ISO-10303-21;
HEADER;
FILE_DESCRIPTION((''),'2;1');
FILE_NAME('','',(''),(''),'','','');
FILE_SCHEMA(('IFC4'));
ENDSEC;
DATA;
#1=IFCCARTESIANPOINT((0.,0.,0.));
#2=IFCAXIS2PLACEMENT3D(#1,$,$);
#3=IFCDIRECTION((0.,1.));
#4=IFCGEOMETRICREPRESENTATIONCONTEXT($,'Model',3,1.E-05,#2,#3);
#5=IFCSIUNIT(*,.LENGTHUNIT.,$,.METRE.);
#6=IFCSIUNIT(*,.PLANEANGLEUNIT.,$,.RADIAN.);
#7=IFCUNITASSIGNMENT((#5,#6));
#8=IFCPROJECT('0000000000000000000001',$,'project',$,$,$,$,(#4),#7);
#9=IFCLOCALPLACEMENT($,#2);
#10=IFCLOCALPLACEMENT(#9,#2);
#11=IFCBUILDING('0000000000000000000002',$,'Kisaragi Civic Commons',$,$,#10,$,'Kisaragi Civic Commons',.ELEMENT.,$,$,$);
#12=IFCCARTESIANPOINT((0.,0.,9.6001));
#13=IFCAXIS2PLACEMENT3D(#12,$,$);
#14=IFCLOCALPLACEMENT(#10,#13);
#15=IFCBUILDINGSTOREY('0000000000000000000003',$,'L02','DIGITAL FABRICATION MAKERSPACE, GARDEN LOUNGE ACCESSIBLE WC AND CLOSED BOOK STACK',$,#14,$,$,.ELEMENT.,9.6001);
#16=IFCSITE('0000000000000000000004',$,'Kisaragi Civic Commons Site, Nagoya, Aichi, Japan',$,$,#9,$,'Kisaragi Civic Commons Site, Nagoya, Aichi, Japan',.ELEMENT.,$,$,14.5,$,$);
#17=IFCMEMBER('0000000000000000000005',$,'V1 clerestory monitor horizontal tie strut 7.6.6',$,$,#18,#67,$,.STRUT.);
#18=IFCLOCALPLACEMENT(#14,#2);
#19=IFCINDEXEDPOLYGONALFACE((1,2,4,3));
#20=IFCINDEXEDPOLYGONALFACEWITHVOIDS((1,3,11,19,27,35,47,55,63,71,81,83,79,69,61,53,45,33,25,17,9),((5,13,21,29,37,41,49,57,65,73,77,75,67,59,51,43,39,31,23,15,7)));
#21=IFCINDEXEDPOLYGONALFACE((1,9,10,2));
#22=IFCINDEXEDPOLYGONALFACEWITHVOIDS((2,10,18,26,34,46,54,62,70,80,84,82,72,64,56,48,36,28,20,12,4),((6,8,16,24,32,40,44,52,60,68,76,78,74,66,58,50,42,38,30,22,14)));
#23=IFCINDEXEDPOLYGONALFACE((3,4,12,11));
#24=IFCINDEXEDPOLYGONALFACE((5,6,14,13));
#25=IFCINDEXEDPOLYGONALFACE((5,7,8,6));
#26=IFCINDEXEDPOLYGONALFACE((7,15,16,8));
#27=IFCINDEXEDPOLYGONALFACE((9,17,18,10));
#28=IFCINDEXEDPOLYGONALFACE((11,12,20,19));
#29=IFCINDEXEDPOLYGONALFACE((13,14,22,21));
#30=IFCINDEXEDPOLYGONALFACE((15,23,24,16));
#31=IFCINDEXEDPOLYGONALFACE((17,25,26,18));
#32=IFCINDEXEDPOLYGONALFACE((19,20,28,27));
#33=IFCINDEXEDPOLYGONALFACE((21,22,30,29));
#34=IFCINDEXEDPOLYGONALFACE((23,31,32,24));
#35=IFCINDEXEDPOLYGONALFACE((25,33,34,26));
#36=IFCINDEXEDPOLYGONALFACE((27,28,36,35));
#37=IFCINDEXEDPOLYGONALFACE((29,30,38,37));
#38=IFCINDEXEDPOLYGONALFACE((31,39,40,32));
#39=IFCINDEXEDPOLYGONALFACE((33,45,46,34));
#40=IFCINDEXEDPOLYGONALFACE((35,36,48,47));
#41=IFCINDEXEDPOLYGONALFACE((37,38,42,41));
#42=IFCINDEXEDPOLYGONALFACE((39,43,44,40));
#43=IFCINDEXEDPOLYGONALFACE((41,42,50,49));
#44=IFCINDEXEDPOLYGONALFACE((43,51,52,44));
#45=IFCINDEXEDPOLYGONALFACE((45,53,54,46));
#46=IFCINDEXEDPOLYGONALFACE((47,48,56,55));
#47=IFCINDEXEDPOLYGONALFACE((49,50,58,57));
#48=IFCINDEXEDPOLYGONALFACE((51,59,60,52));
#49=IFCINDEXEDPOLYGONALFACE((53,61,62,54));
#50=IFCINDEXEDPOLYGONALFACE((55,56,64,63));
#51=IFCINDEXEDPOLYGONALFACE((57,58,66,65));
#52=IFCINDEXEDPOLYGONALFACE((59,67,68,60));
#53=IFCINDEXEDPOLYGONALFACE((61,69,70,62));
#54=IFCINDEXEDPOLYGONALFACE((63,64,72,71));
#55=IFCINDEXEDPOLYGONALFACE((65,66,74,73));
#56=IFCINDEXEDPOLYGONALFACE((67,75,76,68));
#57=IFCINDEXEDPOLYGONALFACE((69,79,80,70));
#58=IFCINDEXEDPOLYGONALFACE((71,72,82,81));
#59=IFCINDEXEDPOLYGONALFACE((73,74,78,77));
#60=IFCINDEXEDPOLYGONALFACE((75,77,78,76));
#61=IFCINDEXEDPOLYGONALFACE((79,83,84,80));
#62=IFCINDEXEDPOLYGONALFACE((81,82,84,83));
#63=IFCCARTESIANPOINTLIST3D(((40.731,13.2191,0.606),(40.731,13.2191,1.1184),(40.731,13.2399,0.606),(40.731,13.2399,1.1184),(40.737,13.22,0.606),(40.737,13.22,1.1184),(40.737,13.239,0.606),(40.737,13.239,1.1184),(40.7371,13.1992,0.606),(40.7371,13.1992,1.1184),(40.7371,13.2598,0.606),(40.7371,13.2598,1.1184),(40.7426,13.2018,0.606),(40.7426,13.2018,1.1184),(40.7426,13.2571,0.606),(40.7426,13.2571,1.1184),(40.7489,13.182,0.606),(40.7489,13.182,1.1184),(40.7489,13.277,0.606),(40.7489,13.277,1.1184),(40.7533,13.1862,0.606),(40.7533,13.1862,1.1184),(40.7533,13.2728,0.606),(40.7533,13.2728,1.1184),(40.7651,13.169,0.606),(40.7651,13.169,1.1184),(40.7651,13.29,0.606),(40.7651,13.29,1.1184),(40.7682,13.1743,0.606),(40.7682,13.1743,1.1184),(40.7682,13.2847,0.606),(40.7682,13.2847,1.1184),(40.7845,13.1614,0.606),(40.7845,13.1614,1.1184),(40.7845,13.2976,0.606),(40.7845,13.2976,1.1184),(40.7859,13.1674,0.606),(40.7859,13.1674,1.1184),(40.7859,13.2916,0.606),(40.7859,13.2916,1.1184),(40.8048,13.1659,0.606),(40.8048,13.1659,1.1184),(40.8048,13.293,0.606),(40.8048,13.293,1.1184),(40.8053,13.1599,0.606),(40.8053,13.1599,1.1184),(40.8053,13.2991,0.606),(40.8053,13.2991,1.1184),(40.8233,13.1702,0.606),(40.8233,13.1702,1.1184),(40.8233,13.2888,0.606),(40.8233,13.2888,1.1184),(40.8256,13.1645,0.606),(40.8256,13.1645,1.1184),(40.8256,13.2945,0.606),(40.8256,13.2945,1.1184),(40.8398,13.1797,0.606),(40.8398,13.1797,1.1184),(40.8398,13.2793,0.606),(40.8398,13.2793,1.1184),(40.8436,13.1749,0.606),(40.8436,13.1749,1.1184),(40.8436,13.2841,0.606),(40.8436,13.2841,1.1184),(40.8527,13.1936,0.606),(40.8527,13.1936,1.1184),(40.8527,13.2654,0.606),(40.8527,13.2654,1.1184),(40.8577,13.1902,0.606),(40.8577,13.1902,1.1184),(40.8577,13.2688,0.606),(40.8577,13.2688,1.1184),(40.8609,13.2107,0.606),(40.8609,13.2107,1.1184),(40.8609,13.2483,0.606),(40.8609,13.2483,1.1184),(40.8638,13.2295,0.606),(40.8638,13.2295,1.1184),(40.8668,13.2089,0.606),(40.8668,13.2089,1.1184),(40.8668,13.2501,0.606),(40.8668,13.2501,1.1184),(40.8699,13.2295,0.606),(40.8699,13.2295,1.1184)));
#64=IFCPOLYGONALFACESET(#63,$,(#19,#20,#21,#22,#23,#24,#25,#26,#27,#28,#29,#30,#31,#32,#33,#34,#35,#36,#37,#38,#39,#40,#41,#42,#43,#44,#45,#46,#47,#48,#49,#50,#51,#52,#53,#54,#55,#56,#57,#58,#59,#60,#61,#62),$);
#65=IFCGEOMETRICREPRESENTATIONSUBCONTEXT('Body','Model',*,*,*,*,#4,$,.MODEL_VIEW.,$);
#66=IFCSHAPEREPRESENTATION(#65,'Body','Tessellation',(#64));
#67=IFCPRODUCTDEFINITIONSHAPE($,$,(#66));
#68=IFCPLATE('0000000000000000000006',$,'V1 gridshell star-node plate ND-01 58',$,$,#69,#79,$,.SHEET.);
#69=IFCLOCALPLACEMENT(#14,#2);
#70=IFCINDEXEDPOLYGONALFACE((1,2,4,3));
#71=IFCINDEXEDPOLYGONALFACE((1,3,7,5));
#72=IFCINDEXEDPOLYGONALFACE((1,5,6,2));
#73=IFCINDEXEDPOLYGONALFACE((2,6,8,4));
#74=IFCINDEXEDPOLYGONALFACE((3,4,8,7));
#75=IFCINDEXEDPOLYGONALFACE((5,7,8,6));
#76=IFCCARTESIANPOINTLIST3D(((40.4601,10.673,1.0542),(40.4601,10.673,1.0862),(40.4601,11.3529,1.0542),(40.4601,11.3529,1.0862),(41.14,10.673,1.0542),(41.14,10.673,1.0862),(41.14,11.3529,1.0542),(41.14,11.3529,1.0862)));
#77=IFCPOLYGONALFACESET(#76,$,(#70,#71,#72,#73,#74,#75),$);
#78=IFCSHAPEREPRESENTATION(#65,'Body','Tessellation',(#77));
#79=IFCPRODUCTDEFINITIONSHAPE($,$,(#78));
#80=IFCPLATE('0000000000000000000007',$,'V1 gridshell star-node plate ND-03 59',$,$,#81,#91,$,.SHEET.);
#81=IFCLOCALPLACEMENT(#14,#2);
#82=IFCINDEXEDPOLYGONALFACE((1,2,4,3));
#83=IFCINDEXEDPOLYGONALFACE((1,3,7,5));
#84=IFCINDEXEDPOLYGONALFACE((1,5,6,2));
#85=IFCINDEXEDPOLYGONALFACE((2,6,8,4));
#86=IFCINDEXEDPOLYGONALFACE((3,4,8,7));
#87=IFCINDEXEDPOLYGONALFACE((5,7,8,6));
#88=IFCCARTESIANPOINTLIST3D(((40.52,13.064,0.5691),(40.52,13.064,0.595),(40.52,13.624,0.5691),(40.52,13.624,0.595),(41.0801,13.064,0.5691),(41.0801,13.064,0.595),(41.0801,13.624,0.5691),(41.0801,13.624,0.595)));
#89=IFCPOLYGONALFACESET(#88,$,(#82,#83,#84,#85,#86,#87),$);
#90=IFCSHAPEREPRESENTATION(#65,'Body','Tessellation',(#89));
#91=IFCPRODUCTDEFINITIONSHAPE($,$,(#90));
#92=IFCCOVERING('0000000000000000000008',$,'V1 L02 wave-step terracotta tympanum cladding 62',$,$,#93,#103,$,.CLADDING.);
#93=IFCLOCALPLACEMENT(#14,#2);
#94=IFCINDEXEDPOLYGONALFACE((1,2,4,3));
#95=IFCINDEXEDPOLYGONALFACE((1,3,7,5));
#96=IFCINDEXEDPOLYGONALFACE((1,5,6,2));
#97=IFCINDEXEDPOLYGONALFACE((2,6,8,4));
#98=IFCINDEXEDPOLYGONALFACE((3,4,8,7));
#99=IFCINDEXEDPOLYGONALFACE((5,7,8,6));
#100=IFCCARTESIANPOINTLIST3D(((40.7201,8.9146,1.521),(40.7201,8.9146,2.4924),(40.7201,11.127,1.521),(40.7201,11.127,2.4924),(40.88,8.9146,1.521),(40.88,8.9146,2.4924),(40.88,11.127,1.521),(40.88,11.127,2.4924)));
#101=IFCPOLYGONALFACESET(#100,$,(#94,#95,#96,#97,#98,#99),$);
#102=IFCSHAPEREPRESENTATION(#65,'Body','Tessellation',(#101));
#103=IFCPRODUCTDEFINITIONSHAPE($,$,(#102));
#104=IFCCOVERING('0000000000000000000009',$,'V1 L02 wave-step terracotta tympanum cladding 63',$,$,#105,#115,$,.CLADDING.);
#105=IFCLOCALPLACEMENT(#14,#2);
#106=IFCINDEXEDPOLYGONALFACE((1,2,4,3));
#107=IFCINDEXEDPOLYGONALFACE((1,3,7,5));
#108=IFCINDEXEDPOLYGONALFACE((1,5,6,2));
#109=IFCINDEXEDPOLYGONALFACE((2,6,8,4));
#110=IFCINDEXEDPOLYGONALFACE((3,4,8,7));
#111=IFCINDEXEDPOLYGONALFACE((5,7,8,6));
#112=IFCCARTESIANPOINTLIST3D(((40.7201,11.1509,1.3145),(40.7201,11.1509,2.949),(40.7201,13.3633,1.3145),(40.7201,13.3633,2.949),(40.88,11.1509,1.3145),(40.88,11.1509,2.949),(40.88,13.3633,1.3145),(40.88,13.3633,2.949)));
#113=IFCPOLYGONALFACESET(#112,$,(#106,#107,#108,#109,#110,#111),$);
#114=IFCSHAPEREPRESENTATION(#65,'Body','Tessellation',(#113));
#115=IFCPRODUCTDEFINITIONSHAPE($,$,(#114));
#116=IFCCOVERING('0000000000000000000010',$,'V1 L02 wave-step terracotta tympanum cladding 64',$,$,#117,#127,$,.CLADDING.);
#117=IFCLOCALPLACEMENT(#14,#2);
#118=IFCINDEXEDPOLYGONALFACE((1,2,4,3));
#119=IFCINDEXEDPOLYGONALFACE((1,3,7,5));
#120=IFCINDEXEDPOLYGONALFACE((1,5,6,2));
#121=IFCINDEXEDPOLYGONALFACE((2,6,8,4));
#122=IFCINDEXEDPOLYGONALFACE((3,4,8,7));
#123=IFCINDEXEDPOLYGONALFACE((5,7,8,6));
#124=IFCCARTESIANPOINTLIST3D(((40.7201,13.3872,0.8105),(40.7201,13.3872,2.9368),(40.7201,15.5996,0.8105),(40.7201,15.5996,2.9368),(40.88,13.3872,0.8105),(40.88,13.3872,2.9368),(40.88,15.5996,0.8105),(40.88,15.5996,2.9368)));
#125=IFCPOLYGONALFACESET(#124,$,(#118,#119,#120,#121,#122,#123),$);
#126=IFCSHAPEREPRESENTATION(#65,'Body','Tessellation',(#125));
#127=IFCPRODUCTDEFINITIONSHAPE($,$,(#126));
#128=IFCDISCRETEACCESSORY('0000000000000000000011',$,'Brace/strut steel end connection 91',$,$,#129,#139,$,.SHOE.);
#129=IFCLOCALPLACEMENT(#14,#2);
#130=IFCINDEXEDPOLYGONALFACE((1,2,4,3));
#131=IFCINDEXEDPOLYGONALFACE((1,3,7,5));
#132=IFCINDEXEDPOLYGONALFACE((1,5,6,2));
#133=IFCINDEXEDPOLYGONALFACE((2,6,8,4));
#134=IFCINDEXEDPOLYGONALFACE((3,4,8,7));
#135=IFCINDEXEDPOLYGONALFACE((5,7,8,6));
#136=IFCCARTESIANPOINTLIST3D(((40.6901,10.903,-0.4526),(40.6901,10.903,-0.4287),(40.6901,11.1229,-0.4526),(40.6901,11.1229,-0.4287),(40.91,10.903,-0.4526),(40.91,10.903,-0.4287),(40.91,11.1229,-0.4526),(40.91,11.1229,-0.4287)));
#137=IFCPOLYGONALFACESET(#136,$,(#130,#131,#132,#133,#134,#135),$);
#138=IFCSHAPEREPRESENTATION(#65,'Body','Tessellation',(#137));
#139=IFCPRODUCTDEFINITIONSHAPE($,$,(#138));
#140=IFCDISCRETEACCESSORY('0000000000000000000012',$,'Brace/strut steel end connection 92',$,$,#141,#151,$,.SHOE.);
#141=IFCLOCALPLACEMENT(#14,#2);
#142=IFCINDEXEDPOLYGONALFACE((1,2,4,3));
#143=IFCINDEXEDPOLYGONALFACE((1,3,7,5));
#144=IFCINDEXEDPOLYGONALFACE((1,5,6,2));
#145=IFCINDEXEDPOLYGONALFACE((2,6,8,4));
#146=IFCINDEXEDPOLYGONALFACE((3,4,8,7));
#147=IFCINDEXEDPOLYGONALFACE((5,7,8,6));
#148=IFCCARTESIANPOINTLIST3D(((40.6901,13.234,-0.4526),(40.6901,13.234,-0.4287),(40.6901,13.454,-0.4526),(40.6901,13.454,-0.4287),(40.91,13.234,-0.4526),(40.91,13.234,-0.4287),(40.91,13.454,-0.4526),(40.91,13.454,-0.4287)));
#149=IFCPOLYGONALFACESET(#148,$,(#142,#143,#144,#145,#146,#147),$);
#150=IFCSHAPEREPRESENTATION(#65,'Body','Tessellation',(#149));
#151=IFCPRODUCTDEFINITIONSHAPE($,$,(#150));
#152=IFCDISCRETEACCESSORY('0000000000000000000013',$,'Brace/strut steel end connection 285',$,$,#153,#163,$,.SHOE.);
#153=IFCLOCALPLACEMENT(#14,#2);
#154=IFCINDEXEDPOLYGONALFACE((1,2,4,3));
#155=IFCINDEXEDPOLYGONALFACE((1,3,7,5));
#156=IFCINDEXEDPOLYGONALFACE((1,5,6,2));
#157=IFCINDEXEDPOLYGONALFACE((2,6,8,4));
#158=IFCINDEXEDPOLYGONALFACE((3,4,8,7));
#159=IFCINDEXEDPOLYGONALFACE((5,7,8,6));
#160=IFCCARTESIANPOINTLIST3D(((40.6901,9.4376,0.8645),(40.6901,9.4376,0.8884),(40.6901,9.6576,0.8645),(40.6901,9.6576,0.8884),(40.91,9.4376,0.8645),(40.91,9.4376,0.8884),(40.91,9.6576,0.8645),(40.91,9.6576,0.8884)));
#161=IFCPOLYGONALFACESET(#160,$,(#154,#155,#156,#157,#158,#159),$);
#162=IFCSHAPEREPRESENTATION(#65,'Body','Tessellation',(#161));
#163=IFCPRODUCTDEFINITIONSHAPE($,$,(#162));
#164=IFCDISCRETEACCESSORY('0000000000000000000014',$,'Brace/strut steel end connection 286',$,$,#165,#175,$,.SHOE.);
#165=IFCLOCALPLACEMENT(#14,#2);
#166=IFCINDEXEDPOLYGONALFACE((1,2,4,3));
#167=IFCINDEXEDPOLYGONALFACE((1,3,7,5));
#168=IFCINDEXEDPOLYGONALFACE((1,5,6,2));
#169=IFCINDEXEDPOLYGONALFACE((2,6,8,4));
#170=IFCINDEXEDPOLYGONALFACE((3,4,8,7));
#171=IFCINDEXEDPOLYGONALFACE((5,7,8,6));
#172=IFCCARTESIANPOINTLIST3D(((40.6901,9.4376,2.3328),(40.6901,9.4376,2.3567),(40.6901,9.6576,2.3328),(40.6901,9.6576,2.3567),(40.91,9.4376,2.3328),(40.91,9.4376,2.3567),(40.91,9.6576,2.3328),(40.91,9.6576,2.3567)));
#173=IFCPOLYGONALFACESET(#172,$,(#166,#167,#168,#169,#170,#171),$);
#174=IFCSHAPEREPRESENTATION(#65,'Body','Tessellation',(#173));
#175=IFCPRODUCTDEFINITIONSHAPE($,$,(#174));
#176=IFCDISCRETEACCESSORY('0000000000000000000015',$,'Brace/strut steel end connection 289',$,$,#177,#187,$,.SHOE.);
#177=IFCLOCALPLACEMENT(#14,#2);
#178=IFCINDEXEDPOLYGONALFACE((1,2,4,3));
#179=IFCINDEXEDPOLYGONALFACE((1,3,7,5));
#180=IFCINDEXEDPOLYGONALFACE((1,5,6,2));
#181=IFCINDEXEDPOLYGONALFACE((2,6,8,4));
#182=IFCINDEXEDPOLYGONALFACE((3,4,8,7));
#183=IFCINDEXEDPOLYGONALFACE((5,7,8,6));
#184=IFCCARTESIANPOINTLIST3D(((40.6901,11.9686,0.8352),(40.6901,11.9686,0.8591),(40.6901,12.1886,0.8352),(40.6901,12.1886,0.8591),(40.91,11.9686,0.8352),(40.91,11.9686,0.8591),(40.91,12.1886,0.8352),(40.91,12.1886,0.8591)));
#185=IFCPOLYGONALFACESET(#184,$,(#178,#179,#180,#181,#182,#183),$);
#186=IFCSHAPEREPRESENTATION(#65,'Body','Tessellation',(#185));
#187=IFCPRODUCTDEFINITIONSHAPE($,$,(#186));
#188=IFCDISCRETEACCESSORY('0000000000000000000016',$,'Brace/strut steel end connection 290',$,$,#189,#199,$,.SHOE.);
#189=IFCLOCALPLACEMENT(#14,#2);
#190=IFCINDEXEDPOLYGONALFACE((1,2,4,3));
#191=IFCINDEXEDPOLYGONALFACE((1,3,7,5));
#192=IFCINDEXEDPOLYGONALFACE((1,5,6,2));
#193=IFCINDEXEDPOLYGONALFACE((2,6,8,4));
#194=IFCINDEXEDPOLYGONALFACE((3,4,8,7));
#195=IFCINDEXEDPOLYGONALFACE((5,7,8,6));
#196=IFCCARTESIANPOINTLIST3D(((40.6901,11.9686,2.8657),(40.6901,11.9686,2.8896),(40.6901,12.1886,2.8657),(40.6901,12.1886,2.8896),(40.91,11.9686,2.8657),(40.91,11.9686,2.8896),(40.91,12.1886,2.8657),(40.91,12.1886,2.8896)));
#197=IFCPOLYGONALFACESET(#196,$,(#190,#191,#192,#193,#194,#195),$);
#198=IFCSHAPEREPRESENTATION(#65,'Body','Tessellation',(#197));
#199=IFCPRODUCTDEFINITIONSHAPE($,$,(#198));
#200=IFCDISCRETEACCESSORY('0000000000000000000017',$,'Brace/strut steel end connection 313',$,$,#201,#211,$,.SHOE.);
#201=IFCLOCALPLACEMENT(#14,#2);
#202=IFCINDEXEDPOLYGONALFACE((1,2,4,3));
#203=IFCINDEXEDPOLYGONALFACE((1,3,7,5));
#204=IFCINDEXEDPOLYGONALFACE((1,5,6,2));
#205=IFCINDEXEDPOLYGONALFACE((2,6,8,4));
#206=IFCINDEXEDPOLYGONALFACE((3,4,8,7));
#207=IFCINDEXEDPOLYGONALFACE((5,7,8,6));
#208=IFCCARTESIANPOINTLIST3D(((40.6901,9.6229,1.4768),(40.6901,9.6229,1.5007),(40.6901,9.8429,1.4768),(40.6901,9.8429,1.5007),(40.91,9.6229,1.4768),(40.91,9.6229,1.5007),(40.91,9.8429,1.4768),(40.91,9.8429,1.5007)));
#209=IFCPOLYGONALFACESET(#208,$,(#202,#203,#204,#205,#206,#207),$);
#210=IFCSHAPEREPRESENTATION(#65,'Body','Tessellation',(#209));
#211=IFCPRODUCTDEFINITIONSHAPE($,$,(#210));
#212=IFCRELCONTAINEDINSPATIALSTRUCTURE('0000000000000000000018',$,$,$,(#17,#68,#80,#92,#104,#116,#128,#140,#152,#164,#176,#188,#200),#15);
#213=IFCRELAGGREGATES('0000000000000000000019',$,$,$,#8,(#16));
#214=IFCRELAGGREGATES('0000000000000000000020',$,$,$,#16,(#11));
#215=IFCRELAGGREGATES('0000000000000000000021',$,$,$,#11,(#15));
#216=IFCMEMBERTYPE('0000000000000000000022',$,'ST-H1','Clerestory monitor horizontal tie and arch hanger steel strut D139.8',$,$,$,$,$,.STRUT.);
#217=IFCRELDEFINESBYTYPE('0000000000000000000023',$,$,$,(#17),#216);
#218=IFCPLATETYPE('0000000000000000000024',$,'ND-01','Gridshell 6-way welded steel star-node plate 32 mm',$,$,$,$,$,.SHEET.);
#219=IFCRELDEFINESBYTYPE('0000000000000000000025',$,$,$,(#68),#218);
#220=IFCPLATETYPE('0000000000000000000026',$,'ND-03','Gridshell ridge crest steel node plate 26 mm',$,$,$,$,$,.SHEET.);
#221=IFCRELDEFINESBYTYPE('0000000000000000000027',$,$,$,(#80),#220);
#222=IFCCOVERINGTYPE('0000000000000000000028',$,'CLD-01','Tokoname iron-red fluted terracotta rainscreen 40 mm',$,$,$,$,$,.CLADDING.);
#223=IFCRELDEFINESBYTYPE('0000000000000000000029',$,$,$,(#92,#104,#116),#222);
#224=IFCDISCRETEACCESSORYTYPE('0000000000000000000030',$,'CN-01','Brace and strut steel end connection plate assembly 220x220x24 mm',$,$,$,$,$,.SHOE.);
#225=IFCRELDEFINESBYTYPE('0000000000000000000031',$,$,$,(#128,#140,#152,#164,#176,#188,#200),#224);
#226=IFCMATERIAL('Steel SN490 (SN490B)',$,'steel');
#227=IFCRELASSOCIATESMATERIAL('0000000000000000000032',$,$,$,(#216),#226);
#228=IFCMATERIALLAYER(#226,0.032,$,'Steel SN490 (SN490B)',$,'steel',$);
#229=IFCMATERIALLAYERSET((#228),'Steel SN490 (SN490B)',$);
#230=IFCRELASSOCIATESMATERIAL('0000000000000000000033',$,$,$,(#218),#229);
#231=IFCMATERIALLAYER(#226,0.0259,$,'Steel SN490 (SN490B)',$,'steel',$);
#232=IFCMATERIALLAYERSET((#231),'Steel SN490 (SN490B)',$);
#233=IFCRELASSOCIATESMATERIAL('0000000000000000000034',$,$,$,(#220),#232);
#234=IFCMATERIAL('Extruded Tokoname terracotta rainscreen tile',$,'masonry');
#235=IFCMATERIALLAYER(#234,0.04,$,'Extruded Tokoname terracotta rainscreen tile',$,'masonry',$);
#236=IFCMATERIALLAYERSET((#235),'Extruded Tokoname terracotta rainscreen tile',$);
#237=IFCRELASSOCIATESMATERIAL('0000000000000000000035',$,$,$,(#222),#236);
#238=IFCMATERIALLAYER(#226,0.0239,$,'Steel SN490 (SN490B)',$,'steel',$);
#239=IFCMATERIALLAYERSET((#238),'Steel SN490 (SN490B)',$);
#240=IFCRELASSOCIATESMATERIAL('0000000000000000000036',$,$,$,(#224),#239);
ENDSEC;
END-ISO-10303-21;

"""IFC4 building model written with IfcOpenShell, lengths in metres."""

from ifc_helpers import new_model, si_unit, direction, frame, origin, origin_2d, place, context, subcontext, project, spatial, rectangle, hollow_circle, extrude, material, layer, layer_set, material_profile, profile_set, type_object, element, save


model = new_model("IFC4")

# Units and contexts
model_context = context("Model", 3, precision=1e-05, world=origin(), true_north=direction((0.0, 1.0)))
body_context = subcontext(model_context, "Body", "Model", "MODEL_VIEW")
ifc_project = project(units=[si_unit("LENGTHUNIT", "METRE"), si_unit("PLANEANGLEUNIT", "RADIAN")], contexts=[model_context])

# Site, building, storey
site_placement = place(None, origin())
site = spatial("IfcSite", under=ifc_project, at=site_placement, Name="Kisaragi Civic Commons Site, Nagoya, Aichi, Japan", LongName="Kisaragi Civic Commons Site, Nagoya, Aichi, Japan", CompositionType="ELEMENT", RefElevation=14.5)
building_placement = place(site_placement, origin())
building = spatial("IfcBuilding", under=site, at=building_placement, Name="Kisaragi Civic Commons", LongName="Kisaragi Civic Commons", CompositionType="ELEMENT")
storey_placement = place(building_placement, frame((0.0, 0.0, 9.6001)))
storey = spatial("IfcBuildingStorey", under=building, at=storey_placement, Name="L02", Description="DIGITAL FABRICATION MAKERSPACE, GARDEN LOUNGE ACCESSIBLE WC AND CLOSED BOOK STACK", CompositionType="ELEMENT", Elevation=9.6001)

# Member
ifc_material_1 = material(Name="Steel SN490 (SN490B)", Category="steel")
ifc_material_profile_1 = material_profile(ifc_material_1, hollow_circle(Radius=0.0698, WallThickness=0.0061, at=origin_2d()), Name="CHS-139.8x6.0", Category="steel")
ifc_profile_set_1 = profile_set([ifc_material_profile_1], Name="Steel SN490 (SN490B)")
member_type_1 = type_object("IfcMemberType", Name="ST-H1", Description="Clerestory monitor horizontal tie and arch hanger steel strut D139.8", PredefinedType="STRUT", material=ifc_profile_set_1)
member_1_placement = place(storey_placement, frame((40.8, 13.2295, 0.606), z_axis=(0.0, 0.0, 1.0), x_axis=(1.0, 0.0, 0.0)))
element("IfcMember", 1, at=member_1_placement, inside=storey, type_object=member_type_1, Name="V1 clerestory monitor horizontal tie strut 7.6.6", PredefinedType="STRUT", context=body_context, shape_type="SweptSolid", body=[
    extrude(hollow_circle(Radius=0.0698, WallThickness=0.0061, at=origin_2d()), origin(), (0.0, 0.0, 1.0), 0.5125),
])

# Plates
ifc_layer_1 = layer(ifc_material_1, 0.032, Name="Steel SN490 (SN490B)", Category="steel")
ifc_layer_set_1 = layer_set([ifc_layer_1], Name="Steel SN490 (SN490B)")
plate_type_1 = type_object("IfcPlateType", Name="ND-01", Description="Gridshell 6-way welded steel star-node plate 32 mm", PredefinedType="SHEET", material=ifc_layer_set_1)
plate_1_placement = place(storey_placement, frame((40.8, 11.0129, 1.0542), z_axis=(0.0, 0.0, 1.0), x_axis=(1.0, 0.0, 0.0)))
element("IfcPlate", 2, at=plate_1_placement, inside=storey, type_object=plate_type_1, Name="V1 gridshell star-node plate ND-01 58", PredefinedType="SHEET", context=body_context, shape_type="SweptSolid", body=[
    extrude(rectangle(XDim=0.6799, YDim=0.6799, at=origin_2d()), origin(), (0.0, 0.0, 1.0), 0.032),
])
ifc_layer_2 = layer(ifc_material_1, 0.0259, Name="Steel SN490 (SN490B)", Category="steel")
ifc_layer_set_2 = layer_set([ifc_layer_2], Name="Steel SN490 (SN490B)")
plate_type_2 = type_object("IfcPlateType", Name="ND-03", Description="Gridshell ridge crest steel node plate 26 mm", PredefinedType="SHEET", material=ifc_layer_set_2)
plate_2_placement = place(storey_placement, frame((40.8, 13.344, 0.5691), z_axis=(0.0, 0.0, 1.0), x_axis=(1.0, 0.0, 0.0)))
element("IfcPlate", 3, at=plate_2_placement, inside=storey, type_object=plate_type_2, Name="V1 gridshell star-node plate ND-03 59", PredefinedType="SHEET", context=body_context, shape_type="SweptSolid", body=[
    extrude(rectangle(XDim=0.5601, YDim=0.5601, at=origin_2d()), origin(), (0.0, 0.0, 1.0), 0.0259),
])

# Coverings
ifc_material_2 = material(Name="Extruded Tokoname terracotta rainscreen tile", Category="masonry")
ifc_layer_3 = layer(ifc_material_2, 0.04, Name="Extruded Tokoname terracotta rainscreen tile", Category="masonry")
ifc_layer_set_3 = layer_set([ifc_layer_3], Name="Extruded Tokoname terracotta rainscreen tile")
covering_type = type_object("IfcCoveringType", Name="CLD-01", Description="Tokoname iron-red fluted terracotta rainscreen 40 mm", PredefinedType="CLADDING", material=ifc_layer_set_3)
covering_1_placement = place(storey_placement, frame((40.8, 10.0208, 1.521), z_axis=(0.0, 0.0, 1.0), x_axis=(0.0, 1.0, 0.0)))
element("IfcCovering", 4, at=covering_1_placement, inside=storey, type_object=covering_type, Name="V1 L02 wave-step terracotta tympanum cladding 62", PredefinedType="CLADDING", context=body_context, shape_type="SweptSolid", body=[
    extrude(rectangle(XDim=2.2124, YDim=0.1599, at=origin_2d()), origin(), (0.0, 0.0, 1.0), 0.9714),
])
covering_2_placement = place(storey_placement, frame((40.8, 12.2571, 1.3145), z_axis=(0.0, 0.0, 1.0), x_axis=(0.0, 1.0, 0.0)))
element("IfcCovering", 5, at=covering_2_placement, inside=storey, type_object=covering_type, Name="V1 L02 wave-step terracotta tympanum cladding 63", PredefinedType="CLADDING", context=body_context, shape_type="SweptSolid", body=[
    extrude(rectangle(XDim=2.2124, YDim=0.1599, at=origin_2d()), origin(), (0.0, 0.0, 1.0), 1.6345),
])
covering_3_placement = place(storey_placement, frame((40.8, 14.4934, 0.8105), z_axis=(0.0, 0.0, 1.0), x_axis=(0.0, 1.0, 0.0)))
element("IfcCovering", 6, at=covering_3_placement, inside=storey, type_object=covering_type, Name="V1 L02 wave-step terracotta tympanum cladding 64", PredefinedType="CLADDING", context=body_context, shape_type="SweptSolid", body=[
    extrude(rectangle(XDim=2.2124, YDim=0.1599, at=origin_2d()), origin(), (0.0, 0.0, 1.0), 2.1262),
])

# Discrete accessories
ifc_layer_4 = layer(ifc_material_1, 0.0239, Name="Steel SN490 (SN490B)", Category="steel")
ifc_layer_set_4 = layer_set([ifc_layer_4], Name="Steel SN490 (SN490B)")
discrete_accessory_type = type_object("IfcDiscreteAccessoryType", Name="CN-01", Description="Brace and strut steel end connection plate assembly 220x220x24 mm", PredefinedType="SHOE", material=ifc_layer_set_4)
for number, where, z_axis, x_axis, name in (
    (7, (40.8, 11.0129, -0.4526), (0.0, 0.0, 1.0), (1.0, 0.0, 0.0), "Brace/strut steel end connection 91"),
    (8, (40.8, 13.344, -0.4526), (0.0, 0.0, 1.0), (1.0, 0.0, 0.0), "Brace/strut steel end connection 92"),
    (9, (40.8, 9.5476, 0.8645), (0.0, 0.0, 1.0), (1.0, 0.0, 0.0), "Brace/strut steel end connection 285"),
    (10, (40.8, 9.5476, 2.3328), (0.0, 0.0, 1.0), (1.0, 0.0, 0.0), "Brace/strut steel end connection 286"),
    (11, (40.8, 12.0786, 0.8352), (0.0, 0.0, 1.0), (1.0, 0.0, 0.0), "Brace/strut steel end connection 289"),
    (12, (40.8, 12.0786, 2.8657), (0.0, 0.0, 1.0), (1.0, 0.0, 0.0), "Brace/strut steel end connection 290"),
    (13, (40.8, 9.7329, 1.4768), (0.0, 0.0, 1.0), (1.0, 0.0, 0.0), "Brace/strut steel end connection 313"),
):
    element("IfcDiscreteAccessory", number, at=place(storey_placement, frame(where, z_axis=z_axis, x_axis=x_axis)), inside=storey, type_object=discrete_accessory_type, Name=name, PredefinedType="SHOE", context=body_context, shape_type="SweptSolid", body=[
        extrude(rectangle(XDim=0.22, YDim=0.22, at=origin_2d()), origin(), (0.0, 0.0, 1.0), 0.0239),
    ])

save(model, "model.ifc")
